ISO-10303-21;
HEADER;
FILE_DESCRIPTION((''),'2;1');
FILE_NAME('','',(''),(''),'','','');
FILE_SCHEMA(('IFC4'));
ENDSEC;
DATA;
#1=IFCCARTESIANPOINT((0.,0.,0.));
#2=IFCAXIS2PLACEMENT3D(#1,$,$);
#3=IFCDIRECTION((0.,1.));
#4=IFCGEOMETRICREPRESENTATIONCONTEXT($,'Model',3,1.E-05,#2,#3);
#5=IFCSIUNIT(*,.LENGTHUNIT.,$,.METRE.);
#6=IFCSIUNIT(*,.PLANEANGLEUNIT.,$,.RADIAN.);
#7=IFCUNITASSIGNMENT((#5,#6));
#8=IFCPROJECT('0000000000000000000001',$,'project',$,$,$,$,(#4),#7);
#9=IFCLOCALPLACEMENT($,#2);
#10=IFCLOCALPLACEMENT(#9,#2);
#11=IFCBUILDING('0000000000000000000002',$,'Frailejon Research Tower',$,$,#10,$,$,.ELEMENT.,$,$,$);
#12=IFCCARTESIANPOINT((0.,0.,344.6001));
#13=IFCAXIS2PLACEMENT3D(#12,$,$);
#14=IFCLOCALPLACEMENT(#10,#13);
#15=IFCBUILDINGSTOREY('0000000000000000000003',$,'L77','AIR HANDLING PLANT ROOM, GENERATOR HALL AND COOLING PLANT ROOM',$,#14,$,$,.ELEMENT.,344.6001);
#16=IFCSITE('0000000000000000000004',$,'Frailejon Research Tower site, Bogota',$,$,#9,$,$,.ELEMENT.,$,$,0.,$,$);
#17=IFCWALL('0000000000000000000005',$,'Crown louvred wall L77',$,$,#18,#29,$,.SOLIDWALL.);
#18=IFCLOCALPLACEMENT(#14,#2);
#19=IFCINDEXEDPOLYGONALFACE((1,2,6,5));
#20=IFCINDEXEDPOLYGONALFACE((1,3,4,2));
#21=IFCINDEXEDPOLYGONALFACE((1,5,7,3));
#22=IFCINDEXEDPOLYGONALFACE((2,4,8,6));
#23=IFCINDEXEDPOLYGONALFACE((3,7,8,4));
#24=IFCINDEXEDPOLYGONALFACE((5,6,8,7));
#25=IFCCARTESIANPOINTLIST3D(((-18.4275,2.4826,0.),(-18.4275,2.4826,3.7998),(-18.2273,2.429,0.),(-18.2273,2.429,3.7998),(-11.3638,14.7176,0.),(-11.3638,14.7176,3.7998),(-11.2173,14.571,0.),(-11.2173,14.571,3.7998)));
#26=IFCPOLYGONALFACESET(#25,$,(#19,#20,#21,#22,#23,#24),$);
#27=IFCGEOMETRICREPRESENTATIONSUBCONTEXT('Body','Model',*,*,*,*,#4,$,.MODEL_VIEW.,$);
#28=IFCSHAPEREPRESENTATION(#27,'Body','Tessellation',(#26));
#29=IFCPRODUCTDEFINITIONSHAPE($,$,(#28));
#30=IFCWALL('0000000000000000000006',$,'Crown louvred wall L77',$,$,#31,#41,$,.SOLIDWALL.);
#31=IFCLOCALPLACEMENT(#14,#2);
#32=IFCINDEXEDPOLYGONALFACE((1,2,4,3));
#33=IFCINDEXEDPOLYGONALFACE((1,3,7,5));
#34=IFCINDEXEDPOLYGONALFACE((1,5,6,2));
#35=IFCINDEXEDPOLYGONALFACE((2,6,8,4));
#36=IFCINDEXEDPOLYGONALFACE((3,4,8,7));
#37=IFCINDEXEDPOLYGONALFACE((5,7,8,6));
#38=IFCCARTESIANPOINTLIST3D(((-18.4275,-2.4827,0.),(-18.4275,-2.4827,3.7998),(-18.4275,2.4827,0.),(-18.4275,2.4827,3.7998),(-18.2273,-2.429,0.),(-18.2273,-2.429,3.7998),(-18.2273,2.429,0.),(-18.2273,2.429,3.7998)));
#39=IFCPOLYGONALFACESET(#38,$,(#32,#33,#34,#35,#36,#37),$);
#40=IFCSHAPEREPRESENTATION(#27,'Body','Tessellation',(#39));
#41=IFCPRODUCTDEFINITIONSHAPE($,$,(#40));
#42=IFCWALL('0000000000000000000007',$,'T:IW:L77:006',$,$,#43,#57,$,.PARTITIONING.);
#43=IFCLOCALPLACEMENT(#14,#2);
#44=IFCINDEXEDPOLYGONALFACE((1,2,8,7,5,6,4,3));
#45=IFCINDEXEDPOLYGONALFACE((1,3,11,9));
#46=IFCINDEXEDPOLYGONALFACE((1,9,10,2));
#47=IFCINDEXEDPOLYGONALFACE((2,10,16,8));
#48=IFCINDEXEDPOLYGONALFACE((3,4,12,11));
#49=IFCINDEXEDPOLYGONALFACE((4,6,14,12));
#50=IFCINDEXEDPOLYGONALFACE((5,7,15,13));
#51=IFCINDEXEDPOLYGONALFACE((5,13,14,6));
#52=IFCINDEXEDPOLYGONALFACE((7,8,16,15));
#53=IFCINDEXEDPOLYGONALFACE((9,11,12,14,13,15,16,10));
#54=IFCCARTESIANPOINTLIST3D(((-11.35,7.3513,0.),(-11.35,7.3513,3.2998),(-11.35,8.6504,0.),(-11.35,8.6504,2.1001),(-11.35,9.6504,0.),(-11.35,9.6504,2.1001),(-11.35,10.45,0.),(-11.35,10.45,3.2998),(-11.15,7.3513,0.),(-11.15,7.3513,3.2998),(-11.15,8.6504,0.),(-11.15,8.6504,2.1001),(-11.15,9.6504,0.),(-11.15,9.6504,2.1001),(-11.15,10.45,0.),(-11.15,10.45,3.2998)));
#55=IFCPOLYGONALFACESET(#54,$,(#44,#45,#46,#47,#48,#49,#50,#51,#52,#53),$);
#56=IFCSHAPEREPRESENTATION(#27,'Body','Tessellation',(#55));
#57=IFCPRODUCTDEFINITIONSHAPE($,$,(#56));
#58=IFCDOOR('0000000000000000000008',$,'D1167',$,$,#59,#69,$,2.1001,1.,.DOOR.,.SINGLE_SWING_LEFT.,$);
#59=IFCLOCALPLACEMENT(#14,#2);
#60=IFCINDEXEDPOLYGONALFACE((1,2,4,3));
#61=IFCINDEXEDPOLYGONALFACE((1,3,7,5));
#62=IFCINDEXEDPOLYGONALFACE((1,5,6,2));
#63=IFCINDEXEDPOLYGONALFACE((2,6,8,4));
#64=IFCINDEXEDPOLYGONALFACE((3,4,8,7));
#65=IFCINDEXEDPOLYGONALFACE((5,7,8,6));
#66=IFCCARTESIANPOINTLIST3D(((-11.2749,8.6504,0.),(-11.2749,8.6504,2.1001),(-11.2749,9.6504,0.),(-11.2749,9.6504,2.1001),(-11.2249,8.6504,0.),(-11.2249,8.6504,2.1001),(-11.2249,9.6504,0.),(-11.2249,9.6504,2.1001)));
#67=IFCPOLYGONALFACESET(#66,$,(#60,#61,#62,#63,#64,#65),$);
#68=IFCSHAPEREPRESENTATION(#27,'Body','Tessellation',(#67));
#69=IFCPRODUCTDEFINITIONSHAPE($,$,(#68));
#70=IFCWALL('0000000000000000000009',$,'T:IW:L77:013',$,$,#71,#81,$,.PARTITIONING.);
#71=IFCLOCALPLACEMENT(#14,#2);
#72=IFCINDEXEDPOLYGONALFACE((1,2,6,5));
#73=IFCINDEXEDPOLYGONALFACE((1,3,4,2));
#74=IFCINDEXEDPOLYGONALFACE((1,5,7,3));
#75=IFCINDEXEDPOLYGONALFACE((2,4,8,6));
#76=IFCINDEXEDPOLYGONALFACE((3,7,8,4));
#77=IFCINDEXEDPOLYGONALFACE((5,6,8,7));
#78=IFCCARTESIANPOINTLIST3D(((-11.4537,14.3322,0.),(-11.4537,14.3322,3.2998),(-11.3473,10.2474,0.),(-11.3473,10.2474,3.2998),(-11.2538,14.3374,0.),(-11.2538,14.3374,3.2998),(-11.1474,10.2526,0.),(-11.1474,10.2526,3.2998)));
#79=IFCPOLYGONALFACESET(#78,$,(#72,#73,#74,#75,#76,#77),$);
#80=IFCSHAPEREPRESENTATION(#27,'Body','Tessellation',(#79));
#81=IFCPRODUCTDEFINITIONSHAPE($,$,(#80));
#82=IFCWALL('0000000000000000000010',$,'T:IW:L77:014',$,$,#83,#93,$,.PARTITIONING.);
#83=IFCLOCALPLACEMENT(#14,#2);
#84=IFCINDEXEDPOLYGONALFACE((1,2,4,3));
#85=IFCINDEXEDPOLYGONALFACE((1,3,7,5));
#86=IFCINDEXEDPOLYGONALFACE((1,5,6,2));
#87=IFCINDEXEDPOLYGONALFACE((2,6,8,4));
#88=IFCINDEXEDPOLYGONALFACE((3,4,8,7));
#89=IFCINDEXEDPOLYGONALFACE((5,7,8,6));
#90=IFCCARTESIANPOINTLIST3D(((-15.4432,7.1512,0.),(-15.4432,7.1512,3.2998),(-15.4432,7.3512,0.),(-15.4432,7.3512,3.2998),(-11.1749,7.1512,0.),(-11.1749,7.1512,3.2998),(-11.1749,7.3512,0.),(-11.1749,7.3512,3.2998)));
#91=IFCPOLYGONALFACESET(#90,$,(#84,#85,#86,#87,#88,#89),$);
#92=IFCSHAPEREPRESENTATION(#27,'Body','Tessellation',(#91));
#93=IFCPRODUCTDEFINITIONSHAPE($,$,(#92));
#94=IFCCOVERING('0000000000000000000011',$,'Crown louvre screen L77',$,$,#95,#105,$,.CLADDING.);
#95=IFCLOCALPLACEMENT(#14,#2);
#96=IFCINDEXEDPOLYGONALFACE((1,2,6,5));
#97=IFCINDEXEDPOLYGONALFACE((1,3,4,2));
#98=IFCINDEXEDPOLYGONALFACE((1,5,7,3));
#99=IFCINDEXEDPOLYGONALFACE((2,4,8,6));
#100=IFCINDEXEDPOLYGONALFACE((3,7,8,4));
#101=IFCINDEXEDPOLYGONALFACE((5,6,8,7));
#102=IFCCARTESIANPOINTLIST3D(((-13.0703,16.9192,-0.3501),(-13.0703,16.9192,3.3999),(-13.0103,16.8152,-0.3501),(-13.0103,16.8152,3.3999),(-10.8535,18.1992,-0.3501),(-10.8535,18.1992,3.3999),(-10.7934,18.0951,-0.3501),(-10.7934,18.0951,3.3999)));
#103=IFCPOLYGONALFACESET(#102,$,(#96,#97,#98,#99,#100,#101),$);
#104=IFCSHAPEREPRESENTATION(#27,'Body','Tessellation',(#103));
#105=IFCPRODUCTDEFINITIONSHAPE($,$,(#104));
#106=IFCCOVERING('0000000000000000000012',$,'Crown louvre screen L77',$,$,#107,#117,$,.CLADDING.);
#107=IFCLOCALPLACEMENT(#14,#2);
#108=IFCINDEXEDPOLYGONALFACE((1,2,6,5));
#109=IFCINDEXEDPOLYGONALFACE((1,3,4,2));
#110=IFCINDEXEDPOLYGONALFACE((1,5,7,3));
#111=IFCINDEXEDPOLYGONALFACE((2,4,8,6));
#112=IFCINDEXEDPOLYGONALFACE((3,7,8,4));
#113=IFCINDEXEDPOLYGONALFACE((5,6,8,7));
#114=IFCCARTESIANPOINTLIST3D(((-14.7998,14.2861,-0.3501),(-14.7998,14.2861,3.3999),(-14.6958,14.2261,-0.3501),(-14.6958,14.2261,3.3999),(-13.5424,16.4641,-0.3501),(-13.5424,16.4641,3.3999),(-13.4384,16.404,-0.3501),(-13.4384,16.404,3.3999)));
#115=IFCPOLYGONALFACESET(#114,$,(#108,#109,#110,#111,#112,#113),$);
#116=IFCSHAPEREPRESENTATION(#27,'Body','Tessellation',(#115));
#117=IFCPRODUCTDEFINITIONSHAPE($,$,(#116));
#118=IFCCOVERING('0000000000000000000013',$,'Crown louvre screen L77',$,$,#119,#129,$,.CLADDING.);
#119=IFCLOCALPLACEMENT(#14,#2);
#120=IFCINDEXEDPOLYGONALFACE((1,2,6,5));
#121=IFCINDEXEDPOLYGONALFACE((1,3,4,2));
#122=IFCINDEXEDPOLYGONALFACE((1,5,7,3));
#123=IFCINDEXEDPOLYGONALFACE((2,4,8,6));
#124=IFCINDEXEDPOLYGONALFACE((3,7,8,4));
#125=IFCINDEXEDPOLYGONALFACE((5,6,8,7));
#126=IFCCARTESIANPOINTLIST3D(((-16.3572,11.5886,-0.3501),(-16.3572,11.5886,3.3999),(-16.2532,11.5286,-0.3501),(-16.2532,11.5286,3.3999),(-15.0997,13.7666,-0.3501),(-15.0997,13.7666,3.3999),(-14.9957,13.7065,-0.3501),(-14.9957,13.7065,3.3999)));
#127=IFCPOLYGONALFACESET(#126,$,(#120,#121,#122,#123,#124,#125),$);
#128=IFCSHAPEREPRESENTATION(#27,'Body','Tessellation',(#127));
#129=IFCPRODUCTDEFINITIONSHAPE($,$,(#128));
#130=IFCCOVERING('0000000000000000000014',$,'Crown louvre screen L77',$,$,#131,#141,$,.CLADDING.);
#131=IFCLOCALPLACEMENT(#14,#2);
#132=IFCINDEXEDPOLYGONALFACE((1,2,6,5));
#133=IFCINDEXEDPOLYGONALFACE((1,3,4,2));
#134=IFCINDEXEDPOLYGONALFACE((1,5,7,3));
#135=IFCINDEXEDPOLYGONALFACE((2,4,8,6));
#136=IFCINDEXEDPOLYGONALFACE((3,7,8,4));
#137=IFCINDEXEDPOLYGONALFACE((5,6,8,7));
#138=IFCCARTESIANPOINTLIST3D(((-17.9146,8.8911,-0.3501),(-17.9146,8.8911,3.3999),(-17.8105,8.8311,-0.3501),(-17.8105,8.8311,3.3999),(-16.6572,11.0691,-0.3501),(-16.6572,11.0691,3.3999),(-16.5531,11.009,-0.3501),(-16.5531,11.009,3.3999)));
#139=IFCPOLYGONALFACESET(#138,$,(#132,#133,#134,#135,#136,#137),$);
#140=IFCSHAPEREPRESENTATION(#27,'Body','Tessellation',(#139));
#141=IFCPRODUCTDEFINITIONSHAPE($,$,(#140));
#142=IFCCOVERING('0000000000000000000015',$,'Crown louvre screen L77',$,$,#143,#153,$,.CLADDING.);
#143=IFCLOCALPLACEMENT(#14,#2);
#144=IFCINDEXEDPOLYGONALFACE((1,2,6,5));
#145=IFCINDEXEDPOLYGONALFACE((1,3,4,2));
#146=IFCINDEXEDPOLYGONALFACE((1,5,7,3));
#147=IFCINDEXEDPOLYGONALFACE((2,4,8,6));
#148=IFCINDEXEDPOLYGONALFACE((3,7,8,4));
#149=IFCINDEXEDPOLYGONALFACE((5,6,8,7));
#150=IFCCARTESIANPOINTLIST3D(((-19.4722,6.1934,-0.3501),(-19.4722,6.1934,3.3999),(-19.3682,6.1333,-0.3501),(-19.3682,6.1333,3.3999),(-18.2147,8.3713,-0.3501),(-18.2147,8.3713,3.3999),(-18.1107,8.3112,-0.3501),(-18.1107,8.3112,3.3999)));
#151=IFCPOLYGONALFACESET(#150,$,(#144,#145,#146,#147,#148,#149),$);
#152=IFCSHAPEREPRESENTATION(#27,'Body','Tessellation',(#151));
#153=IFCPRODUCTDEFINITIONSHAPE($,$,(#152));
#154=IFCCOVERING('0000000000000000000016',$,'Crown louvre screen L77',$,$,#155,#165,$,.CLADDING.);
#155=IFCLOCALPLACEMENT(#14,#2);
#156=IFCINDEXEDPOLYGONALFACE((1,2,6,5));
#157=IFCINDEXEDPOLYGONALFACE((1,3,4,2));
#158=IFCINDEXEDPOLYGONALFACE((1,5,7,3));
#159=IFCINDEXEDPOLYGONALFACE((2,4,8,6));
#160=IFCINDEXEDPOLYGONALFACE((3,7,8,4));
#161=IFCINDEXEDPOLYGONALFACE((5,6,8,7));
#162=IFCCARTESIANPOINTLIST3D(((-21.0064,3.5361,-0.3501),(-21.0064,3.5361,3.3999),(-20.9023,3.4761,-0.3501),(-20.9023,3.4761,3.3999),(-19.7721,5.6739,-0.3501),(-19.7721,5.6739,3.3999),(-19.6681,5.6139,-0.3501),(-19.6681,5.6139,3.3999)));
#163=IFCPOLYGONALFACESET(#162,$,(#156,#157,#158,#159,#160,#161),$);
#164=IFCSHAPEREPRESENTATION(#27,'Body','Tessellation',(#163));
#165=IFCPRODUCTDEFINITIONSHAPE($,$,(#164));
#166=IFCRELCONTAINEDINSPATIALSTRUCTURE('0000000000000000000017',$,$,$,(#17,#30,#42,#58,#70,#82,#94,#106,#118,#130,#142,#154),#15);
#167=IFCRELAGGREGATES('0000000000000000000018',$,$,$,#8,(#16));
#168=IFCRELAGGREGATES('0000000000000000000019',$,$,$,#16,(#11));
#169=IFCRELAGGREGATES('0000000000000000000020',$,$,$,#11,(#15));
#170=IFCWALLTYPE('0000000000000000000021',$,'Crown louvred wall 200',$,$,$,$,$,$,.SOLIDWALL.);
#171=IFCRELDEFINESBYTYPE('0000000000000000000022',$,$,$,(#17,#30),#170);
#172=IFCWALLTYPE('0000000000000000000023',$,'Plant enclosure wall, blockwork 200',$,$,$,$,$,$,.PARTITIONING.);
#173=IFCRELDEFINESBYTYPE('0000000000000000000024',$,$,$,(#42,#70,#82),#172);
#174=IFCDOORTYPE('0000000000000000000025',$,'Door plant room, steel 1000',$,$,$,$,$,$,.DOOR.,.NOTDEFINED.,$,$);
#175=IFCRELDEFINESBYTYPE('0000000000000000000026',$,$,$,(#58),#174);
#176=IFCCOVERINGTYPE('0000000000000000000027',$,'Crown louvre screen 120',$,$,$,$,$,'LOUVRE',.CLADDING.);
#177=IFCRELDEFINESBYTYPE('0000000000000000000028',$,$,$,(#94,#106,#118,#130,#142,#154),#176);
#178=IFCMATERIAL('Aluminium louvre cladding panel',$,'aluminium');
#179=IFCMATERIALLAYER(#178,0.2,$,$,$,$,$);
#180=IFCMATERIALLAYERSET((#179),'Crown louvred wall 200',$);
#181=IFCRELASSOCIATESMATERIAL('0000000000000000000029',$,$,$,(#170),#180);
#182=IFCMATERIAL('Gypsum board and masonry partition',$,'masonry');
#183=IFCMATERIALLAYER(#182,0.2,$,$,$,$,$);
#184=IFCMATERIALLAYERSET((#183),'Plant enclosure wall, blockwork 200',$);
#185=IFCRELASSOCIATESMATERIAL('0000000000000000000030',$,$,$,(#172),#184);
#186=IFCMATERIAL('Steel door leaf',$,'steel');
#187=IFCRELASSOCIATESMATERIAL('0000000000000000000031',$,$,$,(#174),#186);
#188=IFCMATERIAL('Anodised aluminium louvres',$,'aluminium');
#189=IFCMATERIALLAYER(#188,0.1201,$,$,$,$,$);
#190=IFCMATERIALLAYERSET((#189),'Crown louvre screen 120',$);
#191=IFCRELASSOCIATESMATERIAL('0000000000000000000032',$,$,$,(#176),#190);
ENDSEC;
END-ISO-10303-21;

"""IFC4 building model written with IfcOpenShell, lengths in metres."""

from ifc_helpers import new_model, si_unit, direction, frame, frame_2d, origin, place, context, subcontext, project, spatial, polyline, rectangle, outline, extrude, material, layer, layer_set, type_object, element, fill, save


model = new_model("IFC4")

# Units and contexts
model_context = context("Model", 3, precision=1e-05, world=origin(), true_north=direction((0.0, 1.0)))
body_context = subcontext(model_context, "Body", "Model", "MODEL_VIEW")
ifc_project = project(units=[si_unit("LENGTHUNIT", "METRE"), si_unit("PLANEANGLEUNIT", "RADIAN")], contexts=[model_context])

# Site, building, storey
site_placement = place(None, origin())
site = spatial("IfcSite", under=ifc_project, at=site_placement, Name="Frailejon Research Tower site, Bogota", CompositionType="ELEMENT", RefElevation=0.0)
building_placement = place(site_placement, origin())
building = spatial("IfcBuilding", under=site, at=building_placement, Name="Frailejon Research Tower", CompositionType="ELEMENT")
storey_placement = place(building_placement, frame((0.0, 0.0, 344.6001)))
storey = spatial("IfcBuildingStorey", under=building, at=storey_placement, Name="L77", Description="AIR HANDLING PLANT ROOM, GENERATOR HALL AND COOLING PLANT ROOM", CompositionType="ELEMENT", Elevation=344.6001)

# Walls
ifc_material_1 = material(Name="Aluminium louvre cladding panel", Category="aluminium")
ifc_layer_1 = layer(ifc_material_1, 0.2)
ifc_layer_set_1 = layer_set([ifc_layer_1], Name="Crown louvred wall 200")
wall_type_1 = type_object("IfcWallType", Name="Crown louvred wall 200", PredefinedType="SOLIDWALL", material=ifc_layer_set_1)
wall_1_placement = place(storey_placement, frame((-11.2905, 14.6443, 0.0), z_axis=(0.0, 0.0, 1.0), x_axis=(-0.499992, -0.86603, 0.0)))
element("IfcWall", 1, at=wall_1_placement, inside=storey, type_object=wall_type_1, Name="Crown louvred wall L77", PredefinedType="SOLIDWALL", context=body_context, shape_type="SweptSolid", body=[
    extrude(outline(polyline([(-0.0269, -0.1001), (14.1008, -0.1001), (14.0471, 0.1001), (0.0269, 0.1001), (-0.0269, -0.1001)])), origin(), (0.0, 0.0, 1.0), 3.7998),
])
wall_2_placement = place(storey_placement, frame((-18.3274, 2.4558, 0.0), z_axis=(0.0, 0.0, 1.0), x_axis=(0.0, -1.0, 0.0)))
element("IfcWall", 2, at=wall_2_placement, inside=storey, type_object=wall_type_1, Name="Crown louvred wall L77", PredefinedType="SOLIDWALL", context=body_context, shape_type="SweptSolid", body=[
    extrude(outline(polyline([(-0.0269, -0.1001), (4.9385, -0.1001), (4.8848, 0.1001), (0.0269, 0.1001), (-0.0269, -0.1001)])), origin(), (0.0, 0.0, 1.0), 3.7998),
])

# Wall, opening, door
ifc_material_2 = material(Name="Gypsum board and masonry partition", Category="masonry")
ifc_layer_2 = layer(ifc_material_2, 0.2)
ifc_layer_set_2 = layer_set([ifc_layer_2], Name="Plant enclosure wall, blockwork 200")
wall_type_2 = type_object("IfcWallType", Name="Plant enclosure wall, blockwork 200", PredefinedType="PARTITIONING", material=ifc_layer_set_2)
wall_3_placement = place(storey_placement, frame((-11.25, 7.3513, 0.0), z_axis=(0.0, 0.0, 1.0), x_axis=(0.0, 1.0, 0.0)))
wall_3 = element("IfcWall", 3, at=wall_3_placement, inside=storey, type_object=wall_type_2, Name="T:IW:L77:006", PredefinedType="PARTITIONING", context=body_context, shape_type="SweptSolid", body=[
    extrude(rectangle(XDim=3.0986, YDim=0.2, at=frame_2d((1.5493, 0.0))), origin(), (0.0, 0.0, 1.0), 3.2998),
])
opening_placement = place(wall_3_placement, frame((1.2991, 0.0, 0.0)))
opening = element("IfcOpeningElement", 4, at=opening_placement, cuts=wall_3, PredefinedType="OPENING", context=body_context, shape_type="SweptSolid", body=[
    extrude(rectangle(XDim=1.0, YDim=2.1001, at=frame_2d((0.5, 1.05))), frame((0.0, 0.1099, 0.0), z_axis=(0.0, -1.0, 0.0), x_axis=(1.0, 0.0, 0.0)), (0.0, 0.0, 1.0), 0.22),
])
ifc_material_3 = material(Name="Steel door leaf", Category="steel")
door_type = type_object("IfcDoorType", Name="Door plant room, steel 1000", OperationType="NOTDEFINED", PredefinedType="DOOR", material=ifc_material_3)
door_placement = place(opening_placement, origin())
door = element("IfcDoor", 5, at=door_placement, inside=storey, type_object=door_type, Name="D1167", OperationType="SINGLE_SWING_LEFT", OverallHeight=2.1001, OverallWidth=1.0, PredefinedType="DOOR", context=body_context, shape_type="SweptSolid", body=[
    extrude(rectangle(XDim=1.0, YDim=2.1001, at=frame_2d((0.5, 1.05))), frame((0.0, 0.0249, 0.0), z_axis=(0.0, -1.0, 0.0), x_axis=(1.0, 0.0, 0.0)), (0.0, 0.0, 1.0), 0.05),
])
fill(opening, door)

# Walls
wall_4_placement = place(storey_placement, frame((-11.3538, 14.3347, 0.0), z_axis=(0.0, 0.0, 1.0), x_axis=(0.026051, -0.999661, 0.0)))
element("IfcWall", 6, at=wall_4_placement, inside=storey, type_object=wall_type_2, Name="T:IW:L77:013", PredefinedType="PARTITIONING", context=body_context, shape_type="SweptSolid", body=[
    extrude(rectangle(XDim=4.0862, YDim=0.2, at=frame_2d((2.043, 0.0))), origin(), (0.0, 0.0, 1.0), 3.2998),
])
wall_5_placement = place(storey_placement, frame((-15.4434, 7.2512, 0.0), z_axis=(0.0, 0.0, 1.0), x_axis=(1.0, 0.0, 0.0)))
element("IfcWall", 7, at=wall_5_placement, inside=storey, type_object=wall_type_2, Name="T:IW:L77:014", PredefinedType="PARTITIONING", context=body_context, shape_type="SweptSolid", body=[
    extrude(rectangle(XDim=4.2683, YDim=0.2, at=frame_2d((2.1343, 0.0))), origin(), (0.0, 0.0, 1.0), 3.2998),
])

# Coverings
ifc_material_4 = material(Name="Anodised aluminium louvres", Category="aluminium")
ifc_layer_3 = layer(ifc_material_4, 0.1201)
ifc_layer_set_3 = layer_set([ifc_layer_3], Name="Crown louvre screen 120")
covering_type = type_object("IfcCoveringType", Name="Crown louvre screen 120", ElementType="LOUVRE", PredefinedType="CLADDING", material=ifc_layer_set_3)
covering_1_placement = place(storey_placement, frame((-13.0403, 16.8672, -0.3501), z_axis=(0.866011, 0.500026, 0.0), x_axis=(-0.500026, 0.866011, 0.0)))
element("IfcCovering", 8, at=covering_1_placement, inside=storey, type_object=covering_type, Name="Crown louvre screen L77", PredefinedType="CLADDING", context=body_context, shape_type="SweptSolid", body=[
    extrude(outline(polyline([(-0.0601, 0.0), (0.0601, 0.0), (0.0601, 3.75), (-0.0601, 3.75), (-0.0601, 0.0)])), origin(), (0.0, 0.0, 1.0), 2.5598),
])
for number, where, z_axis, x_axis, name in (
    (9, (-14.7478, 14.2561, -0.3501), (0.499997, 0.866027, 0.0), (-0.866027, 0.499997, 0.0), "Crown louvre screen L77"),
    (10, (-16.3052, 11.5586, -0.3501), (0.500009, 0.86602, 0.0), (-0.86602, 0.500009, 0.0), "Crown louvre screen L77"),
    (11, (-17.8625, 8.8611, -0.3501), (0.499979, 0.866037, 0.0), (-0.866037, 0.499979, 0.0), "Crown louvre screen L77"),
    (12, (-19.4202, 6.1633, -0.3501), (0.500009, 0.86602, 0.0), (-0.86602, 0.500009, 0.0), "Crown louvre screen L77"),
):
    element("IfcCovering", number, at=place(storey_placement, frame(where, z_axis=z_axis, x_axis=x_axis)), inside=storey, type_object=covering_type, Name=name, PredefinedType="CLADDING", context=body_context, shape_type="SweptSolid", body=[
        extrude(outline(polyline([(-0.0601, 0.0), (0.0601, 0.0), (0.0601, 3.75), (-0.0601, 3.75), (-0.0601, 0.0)])), origin(), (0.0, 0.0, 1.0), 2.5149),
    ])
covering_2_placement = place(storey_placement, frame((-20.9543, 3.5061, -0.3501), z_axis=(0.499999, 0.866026, 0.0), x_axis=(-0.866026, 0.499999, 0.0)))
element("IfcCovering", 13, at=covering_2_placement, inside=storey, type_object=covering_type, Name="Crown louvre screen L77", PredefinedType="CLADDING", context=body_context, shape_type="SweptSolid", body=[
    extrude(outline(polyline([(-0.0601, 0.0), (0.0601, 0.0), (0.0601, 3.75), (-0.0601, 3.75), (-0.0601, 0.0)])), origin(), (0.0, 0.0, 1.0), 2.4685),
])

save(model, "model.ifc")
